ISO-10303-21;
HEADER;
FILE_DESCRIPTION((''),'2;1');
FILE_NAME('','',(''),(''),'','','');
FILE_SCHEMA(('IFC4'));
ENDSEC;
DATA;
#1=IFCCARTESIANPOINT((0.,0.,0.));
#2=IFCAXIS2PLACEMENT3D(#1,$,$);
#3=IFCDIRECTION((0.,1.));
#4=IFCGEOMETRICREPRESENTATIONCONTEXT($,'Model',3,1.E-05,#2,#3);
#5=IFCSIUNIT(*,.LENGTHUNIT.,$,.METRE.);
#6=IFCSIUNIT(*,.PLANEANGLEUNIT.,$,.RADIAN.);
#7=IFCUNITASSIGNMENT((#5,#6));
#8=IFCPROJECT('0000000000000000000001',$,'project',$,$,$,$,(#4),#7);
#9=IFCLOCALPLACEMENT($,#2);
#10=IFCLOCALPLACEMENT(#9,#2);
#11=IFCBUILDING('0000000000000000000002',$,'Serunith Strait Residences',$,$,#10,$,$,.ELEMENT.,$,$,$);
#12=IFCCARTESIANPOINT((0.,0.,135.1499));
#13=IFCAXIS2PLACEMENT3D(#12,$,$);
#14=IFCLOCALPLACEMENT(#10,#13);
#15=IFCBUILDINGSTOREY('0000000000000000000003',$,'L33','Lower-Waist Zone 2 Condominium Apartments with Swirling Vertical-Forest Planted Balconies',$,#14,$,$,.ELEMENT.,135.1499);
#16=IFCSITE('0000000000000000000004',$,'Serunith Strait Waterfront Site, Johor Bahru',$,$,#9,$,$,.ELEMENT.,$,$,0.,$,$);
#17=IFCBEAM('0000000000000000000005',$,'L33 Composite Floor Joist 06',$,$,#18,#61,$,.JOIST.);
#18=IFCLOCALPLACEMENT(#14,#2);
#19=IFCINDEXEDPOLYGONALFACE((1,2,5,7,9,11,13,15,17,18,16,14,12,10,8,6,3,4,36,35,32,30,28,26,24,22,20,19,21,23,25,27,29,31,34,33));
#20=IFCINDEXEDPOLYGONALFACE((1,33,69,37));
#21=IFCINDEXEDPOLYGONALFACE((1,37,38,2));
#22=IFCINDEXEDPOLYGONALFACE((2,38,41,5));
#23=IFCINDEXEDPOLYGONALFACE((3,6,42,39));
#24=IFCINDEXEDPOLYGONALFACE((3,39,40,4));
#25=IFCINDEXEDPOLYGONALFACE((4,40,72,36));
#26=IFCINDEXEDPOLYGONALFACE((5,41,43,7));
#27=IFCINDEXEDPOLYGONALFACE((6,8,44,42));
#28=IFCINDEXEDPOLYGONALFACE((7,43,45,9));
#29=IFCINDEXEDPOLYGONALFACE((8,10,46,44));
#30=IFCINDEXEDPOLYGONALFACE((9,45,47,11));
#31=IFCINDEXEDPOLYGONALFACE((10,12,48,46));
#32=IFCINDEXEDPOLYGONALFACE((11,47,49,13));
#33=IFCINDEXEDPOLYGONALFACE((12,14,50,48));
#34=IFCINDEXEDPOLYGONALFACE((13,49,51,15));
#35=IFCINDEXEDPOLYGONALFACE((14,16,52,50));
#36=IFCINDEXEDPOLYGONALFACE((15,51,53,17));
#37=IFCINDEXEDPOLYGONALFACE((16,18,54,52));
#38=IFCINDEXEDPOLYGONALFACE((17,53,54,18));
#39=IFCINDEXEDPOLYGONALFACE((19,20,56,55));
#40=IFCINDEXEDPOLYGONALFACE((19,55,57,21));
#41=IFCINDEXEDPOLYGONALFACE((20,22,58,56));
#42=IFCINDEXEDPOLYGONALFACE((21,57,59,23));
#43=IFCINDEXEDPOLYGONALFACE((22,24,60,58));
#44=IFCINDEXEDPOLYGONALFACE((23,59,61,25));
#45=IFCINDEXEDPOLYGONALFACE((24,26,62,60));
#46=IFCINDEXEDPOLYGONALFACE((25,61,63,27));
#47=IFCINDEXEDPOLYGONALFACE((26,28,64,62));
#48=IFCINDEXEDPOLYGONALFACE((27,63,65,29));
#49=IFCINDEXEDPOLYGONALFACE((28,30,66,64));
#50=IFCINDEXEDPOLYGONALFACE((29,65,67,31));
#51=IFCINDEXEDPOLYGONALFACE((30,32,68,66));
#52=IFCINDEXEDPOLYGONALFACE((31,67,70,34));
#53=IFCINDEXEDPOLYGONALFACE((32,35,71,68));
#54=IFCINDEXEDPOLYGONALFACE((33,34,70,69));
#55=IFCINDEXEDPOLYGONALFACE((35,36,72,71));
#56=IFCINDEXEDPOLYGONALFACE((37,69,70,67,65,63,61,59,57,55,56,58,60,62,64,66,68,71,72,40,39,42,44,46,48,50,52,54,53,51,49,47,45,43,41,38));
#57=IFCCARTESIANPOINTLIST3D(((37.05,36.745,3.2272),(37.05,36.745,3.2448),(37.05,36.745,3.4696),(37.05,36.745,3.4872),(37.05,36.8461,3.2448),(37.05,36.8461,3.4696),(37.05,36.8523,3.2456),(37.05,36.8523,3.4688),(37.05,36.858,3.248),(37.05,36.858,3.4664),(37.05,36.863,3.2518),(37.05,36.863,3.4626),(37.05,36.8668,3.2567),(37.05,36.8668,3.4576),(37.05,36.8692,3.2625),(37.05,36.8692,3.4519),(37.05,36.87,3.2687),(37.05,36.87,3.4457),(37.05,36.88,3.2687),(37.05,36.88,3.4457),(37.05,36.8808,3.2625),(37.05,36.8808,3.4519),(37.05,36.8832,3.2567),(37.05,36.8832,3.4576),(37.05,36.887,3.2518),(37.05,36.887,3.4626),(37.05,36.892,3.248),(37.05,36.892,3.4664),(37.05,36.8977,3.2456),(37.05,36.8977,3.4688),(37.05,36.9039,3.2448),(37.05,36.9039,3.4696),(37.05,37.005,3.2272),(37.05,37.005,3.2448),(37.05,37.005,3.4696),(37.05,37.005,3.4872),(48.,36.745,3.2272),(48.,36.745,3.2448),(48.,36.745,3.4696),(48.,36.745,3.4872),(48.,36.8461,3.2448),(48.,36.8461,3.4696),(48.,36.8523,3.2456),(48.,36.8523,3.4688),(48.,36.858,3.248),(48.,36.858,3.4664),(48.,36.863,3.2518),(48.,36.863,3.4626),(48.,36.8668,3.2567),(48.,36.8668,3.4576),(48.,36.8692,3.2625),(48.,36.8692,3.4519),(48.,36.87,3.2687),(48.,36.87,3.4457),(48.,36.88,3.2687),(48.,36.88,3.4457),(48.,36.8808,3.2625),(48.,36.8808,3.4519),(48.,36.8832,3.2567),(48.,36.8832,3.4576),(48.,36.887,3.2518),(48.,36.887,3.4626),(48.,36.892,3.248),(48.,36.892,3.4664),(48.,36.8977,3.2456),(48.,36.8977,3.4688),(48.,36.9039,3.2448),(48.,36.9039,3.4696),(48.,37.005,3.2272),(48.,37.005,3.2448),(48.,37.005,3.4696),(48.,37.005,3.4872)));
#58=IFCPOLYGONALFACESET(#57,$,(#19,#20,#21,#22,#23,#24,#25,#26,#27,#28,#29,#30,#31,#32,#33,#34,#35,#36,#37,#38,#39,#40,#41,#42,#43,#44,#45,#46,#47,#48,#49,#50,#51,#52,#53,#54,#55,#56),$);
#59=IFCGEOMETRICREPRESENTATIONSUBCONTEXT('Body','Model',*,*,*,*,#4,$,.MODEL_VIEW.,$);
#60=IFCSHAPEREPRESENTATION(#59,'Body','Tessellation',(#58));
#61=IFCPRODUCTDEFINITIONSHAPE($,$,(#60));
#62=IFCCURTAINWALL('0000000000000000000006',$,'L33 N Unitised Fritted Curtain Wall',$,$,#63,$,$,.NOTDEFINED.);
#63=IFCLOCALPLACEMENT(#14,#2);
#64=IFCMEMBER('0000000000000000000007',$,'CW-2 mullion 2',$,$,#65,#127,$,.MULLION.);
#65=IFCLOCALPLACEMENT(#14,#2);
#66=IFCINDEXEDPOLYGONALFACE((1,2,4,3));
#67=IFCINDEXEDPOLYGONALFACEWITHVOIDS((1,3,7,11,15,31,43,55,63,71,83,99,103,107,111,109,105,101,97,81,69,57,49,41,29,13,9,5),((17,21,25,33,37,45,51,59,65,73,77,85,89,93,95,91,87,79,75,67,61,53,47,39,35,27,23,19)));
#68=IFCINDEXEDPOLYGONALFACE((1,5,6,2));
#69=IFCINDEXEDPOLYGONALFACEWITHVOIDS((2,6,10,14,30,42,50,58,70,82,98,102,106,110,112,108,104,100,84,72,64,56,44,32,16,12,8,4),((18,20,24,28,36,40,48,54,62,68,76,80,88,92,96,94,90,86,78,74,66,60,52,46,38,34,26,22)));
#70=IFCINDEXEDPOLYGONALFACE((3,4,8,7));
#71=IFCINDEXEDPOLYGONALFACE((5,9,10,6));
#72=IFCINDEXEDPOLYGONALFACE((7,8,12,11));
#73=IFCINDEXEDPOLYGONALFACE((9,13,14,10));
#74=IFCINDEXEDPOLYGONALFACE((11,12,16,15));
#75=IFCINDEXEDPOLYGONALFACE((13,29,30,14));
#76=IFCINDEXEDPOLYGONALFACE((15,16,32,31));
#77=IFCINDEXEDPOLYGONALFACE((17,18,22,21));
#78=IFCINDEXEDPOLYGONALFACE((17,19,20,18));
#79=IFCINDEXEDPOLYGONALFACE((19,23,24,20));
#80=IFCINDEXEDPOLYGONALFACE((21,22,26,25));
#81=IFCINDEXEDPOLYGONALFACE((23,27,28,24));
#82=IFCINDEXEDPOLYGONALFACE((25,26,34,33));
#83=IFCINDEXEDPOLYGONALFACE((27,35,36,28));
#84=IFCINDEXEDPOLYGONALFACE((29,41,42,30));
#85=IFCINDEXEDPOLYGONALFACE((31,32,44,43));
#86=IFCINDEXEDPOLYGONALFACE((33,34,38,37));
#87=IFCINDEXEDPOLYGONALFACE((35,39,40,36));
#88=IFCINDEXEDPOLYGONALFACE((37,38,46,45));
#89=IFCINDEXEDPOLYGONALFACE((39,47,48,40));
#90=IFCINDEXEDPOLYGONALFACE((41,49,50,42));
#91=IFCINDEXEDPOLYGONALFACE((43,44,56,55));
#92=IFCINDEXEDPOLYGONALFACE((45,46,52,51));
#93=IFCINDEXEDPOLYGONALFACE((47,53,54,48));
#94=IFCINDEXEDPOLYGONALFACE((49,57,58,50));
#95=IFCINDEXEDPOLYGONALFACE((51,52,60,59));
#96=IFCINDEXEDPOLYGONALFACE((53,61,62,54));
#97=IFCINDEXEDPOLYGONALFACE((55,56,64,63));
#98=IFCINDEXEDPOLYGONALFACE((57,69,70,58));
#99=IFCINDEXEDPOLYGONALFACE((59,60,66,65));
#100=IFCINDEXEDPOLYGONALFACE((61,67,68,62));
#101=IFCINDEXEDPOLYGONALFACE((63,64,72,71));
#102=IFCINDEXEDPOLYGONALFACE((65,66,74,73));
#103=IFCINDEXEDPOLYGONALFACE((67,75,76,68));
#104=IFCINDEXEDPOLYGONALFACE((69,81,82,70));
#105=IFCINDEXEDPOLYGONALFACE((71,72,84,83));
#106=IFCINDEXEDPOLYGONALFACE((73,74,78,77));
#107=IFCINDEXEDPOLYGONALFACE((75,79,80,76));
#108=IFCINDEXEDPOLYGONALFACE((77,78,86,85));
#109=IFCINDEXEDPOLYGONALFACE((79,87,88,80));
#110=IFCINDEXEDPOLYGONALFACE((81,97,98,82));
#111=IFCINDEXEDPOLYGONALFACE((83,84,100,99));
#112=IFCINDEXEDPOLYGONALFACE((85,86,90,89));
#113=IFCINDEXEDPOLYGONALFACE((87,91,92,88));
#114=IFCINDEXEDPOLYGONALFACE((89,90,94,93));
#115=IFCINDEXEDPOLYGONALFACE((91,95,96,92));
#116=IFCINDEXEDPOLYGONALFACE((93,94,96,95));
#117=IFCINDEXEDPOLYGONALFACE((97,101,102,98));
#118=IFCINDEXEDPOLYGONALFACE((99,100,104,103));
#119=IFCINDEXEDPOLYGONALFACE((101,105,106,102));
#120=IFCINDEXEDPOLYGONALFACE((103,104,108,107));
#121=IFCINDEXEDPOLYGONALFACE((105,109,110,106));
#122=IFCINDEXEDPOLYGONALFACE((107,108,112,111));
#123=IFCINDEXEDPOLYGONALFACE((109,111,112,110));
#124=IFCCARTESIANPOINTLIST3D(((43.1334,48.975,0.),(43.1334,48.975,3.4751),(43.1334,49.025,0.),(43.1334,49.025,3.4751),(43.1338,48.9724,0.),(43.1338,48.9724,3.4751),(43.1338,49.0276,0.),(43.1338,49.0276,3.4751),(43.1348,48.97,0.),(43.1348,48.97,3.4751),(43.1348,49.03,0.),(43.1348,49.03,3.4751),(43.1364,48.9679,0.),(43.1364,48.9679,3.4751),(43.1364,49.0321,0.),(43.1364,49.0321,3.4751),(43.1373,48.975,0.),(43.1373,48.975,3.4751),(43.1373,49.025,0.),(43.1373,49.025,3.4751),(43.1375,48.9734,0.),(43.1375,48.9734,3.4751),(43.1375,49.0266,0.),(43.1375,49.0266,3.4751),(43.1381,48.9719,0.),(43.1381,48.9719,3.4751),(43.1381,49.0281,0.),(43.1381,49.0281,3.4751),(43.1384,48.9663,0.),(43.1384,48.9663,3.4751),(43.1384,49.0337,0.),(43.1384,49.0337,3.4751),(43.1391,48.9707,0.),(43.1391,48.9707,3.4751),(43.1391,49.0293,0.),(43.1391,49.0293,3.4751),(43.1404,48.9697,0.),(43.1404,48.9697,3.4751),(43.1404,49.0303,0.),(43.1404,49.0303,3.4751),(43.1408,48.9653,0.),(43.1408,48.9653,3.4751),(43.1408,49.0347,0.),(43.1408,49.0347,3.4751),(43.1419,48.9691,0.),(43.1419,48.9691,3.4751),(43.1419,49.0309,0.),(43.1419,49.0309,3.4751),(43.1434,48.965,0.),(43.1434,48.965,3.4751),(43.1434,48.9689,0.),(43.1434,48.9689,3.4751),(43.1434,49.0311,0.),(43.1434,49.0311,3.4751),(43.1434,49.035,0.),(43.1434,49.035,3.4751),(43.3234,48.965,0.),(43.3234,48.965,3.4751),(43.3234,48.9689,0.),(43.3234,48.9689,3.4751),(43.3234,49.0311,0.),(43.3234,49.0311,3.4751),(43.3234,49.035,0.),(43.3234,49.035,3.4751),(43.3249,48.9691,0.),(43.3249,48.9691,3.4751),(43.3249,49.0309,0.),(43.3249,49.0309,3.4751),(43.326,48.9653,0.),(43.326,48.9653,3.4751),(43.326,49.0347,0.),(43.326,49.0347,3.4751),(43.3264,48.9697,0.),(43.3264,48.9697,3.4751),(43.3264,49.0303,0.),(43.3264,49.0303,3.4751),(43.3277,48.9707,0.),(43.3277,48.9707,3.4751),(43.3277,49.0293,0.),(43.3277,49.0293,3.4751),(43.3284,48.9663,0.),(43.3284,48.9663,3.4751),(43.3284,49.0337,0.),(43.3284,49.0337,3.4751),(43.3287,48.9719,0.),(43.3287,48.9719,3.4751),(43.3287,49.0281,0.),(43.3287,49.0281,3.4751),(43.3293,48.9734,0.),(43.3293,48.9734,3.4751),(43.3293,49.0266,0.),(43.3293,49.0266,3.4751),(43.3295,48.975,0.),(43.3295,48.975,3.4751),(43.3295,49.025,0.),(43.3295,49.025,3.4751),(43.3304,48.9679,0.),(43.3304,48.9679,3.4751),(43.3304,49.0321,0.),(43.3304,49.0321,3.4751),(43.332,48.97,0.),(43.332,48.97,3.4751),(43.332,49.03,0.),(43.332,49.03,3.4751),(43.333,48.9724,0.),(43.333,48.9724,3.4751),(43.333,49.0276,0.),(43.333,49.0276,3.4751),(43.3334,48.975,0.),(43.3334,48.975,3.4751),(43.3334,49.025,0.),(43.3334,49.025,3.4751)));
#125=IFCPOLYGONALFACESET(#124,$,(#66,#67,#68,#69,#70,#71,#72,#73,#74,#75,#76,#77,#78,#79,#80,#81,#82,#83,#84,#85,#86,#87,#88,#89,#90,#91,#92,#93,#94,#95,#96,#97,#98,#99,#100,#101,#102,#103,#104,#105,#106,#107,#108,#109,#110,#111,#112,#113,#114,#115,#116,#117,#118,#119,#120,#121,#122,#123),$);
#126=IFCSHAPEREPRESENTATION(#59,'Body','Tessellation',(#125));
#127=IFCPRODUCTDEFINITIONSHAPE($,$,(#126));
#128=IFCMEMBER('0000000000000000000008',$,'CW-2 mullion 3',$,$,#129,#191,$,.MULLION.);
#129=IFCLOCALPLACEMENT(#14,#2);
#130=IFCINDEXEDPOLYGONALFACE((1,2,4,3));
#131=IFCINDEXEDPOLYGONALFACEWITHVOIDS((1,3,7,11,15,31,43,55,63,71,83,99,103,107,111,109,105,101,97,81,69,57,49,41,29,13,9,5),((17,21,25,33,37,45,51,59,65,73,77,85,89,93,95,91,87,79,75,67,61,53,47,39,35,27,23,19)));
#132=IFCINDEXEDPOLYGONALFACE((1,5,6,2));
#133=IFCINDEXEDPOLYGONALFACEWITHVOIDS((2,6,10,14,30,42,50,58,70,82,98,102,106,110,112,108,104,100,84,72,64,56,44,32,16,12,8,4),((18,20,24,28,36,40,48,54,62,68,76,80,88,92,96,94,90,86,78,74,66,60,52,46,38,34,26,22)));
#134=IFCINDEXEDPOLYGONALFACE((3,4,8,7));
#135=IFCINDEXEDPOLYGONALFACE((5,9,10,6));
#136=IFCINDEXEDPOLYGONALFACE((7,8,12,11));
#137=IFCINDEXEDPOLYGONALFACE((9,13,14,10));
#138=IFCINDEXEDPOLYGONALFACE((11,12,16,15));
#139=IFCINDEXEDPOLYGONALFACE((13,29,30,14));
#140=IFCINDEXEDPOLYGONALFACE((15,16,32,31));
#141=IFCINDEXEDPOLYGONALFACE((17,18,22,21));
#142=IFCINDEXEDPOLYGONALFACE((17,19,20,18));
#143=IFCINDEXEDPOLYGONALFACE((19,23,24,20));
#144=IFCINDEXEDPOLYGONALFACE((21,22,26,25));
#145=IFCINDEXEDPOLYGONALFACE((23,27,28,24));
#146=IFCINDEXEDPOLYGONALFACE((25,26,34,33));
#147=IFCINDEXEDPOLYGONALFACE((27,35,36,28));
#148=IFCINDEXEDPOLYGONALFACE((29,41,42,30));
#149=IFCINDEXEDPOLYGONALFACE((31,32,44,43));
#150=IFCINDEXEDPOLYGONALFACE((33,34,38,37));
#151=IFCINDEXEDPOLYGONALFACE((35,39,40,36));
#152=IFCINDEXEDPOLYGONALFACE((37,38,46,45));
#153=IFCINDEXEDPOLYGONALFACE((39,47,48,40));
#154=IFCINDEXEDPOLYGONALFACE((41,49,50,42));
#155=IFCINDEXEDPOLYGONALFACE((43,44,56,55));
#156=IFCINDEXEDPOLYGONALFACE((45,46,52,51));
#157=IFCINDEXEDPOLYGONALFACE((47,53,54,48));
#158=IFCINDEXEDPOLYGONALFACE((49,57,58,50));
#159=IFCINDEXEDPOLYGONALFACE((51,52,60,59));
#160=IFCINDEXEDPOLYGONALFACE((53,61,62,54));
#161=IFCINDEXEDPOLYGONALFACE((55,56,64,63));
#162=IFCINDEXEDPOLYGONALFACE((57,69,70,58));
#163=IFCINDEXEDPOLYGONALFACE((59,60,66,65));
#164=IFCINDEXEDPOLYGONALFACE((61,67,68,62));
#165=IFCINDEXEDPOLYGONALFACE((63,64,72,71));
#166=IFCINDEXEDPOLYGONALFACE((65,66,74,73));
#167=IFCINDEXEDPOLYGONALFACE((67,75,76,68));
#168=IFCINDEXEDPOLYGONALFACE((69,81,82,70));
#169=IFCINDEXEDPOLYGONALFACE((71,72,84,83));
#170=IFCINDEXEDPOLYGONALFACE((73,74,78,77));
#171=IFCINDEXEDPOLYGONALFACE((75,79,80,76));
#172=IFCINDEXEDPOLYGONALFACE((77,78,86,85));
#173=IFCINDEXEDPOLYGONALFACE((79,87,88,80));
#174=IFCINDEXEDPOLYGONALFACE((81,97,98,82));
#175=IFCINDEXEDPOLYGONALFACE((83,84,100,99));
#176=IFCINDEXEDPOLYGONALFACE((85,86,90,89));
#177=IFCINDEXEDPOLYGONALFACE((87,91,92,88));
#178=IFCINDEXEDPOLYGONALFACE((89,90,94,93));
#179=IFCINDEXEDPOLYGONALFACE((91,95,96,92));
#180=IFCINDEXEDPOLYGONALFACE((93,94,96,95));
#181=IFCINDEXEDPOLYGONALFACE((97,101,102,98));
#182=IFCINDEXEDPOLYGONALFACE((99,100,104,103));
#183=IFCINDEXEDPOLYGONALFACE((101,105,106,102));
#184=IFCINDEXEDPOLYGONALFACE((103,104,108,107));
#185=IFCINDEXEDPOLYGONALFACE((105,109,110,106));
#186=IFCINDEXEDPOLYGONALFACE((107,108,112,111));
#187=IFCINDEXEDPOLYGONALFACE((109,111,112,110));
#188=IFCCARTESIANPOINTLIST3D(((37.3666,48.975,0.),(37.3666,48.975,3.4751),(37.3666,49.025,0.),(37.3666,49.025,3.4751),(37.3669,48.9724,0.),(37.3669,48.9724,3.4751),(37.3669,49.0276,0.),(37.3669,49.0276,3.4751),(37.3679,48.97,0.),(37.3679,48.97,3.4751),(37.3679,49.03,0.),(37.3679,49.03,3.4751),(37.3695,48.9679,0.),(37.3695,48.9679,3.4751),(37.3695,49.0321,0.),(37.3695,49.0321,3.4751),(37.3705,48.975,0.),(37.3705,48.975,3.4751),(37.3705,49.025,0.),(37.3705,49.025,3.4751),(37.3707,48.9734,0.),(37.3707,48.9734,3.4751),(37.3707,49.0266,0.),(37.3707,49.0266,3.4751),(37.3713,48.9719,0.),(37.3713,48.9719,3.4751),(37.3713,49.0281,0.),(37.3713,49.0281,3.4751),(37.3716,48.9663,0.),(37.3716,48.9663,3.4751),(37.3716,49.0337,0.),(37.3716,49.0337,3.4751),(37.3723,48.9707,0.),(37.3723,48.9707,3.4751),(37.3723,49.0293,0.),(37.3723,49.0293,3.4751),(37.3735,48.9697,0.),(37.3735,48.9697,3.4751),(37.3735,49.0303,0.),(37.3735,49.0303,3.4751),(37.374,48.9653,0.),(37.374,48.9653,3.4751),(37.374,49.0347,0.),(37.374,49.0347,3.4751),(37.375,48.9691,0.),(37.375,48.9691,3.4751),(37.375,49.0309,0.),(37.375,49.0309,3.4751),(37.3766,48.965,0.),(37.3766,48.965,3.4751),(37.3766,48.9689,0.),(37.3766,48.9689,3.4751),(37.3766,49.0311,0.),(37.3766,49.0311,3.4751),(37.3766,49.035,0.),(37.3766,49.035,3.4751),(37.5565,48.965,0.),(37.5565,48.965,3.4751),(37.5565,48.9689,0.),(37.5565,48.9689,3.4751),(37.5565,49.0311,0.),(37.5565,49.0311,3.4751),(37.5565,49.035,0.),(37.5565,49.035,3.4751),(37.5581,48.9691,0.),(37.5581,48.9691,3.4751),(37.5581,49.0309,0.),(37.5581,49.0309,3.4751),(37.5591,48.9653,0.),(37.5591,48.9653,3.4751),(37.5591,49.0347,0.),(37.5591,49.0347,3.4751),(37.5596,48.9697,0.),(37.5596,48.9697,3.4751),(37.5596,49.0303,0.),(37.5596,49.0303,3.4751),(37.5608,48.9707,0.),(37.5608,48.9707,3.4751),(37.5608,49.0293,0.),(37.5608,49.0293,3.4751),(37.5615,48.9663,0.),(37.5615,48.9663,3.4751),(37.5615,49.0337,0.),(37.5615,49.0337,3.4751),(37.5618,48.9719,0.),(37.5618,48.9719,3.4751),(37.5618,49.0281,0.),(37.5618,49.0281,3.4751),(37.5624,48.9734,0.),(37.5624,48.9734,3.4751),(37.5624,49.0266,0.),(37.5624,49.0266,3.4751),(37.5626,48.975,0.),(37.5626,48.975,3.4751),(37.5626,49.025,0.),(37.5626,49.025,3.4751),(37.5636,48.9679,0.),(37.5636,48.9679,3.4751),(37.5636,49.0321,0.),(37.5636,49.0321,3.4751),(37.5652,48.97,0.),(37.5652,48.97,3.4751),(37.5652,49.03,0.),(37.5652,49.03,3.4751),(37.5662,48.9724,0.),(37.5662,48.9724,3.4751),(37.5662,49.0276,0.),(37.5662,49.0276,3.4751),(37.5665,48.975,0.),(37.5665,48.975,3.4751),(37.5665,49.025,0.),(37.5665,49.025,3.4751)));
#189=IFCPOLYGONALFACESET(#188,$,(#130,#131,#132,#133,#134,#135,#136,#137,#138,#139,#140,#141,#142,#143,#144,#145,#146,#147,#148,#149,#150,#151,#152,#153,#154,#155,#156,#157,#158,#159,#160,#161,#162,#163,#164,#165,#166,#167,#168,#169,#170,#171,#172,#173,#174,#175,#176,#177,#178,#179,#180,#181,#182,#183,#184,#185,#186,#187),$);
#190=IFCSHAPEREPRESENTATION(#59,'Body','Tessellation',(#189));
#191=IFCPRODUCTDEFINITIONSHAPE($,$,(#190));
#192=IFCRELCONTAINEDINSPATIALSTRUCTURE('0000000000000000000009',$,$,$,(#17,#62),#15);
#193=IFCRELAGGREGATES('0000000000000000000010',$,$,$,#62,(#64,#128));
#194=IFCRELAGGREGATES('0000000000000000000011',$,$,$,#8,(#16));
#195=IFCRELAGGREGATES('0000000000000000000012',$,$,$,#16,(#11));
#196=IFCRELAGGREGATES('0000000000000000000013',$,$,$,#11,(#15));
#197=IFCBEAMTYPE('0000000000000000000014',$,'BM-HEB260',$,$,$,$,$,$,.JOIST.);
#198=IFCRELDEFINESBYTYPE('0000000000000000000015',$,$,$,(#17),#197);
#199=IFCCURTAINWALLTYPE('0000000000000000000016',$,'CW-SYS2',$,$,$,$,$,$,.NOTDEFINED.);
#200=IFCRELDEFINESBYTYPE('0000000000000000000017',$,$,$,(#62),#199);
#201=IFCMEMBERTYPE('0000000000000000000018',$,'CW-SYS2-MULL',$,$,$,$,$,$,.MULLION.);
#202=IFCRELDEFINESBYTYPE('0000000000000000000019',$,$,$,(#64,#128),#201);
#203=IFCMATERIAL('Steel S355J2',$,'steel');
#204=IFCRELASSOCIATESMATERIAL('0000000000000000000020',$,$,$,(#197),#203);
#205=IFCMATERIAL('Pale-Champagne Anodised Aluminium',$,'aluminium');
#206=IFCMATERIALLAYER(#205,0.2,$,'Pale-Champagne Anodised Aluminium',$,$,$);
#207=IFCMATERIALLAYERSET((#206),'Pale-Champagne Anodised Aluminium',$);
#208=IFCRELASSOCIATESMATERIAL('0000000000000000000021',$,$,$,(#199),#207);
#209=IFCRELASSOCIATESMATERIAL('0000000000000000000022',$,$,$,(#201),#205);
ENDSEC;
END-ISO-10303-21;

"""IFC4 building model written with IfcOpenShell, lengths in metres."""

from ifc_helpers import new_model, si_unit, direction, frame, origin, origin_2d, place, context, subcontext, project, spatial, hollow_rectangle, i_section, extrude, source, transform, mapped, material, layer, layer_set, material_profile, profile_set, type_object, element, aggregate, save


model = new_model("IFC4")

# Units and contexts
model_context = context("Model", 3, precision=1e-05, world=origin(), true_north=direction((0.0, 1.0)))
body_context = subcontext(model_context, "Body", "Model", "MODEL_VIEW")
ifc_project = project(units=[si_unit("LENGTHUNIT", "METRE"), si_unit("PLANEANGLEUNIT", "RADIAN")], contexts=[model_context])

# Site, building, storey
site_placement = place(None, origin())
site = spatial("IfcSite", under=ifc_project, at=site_placement, Name="Serunith Strait Waterfront Site, Johor Bahru", CompositionType="ELEMENT", RefElevation=0.0)
building_placement = place(site_placement, origin())
building = spatial("IfcBuilding", under=site, at=building_placement, Name="Serunith Strait Residences", CompositionType="ELEMENT")
storey_placement = place(building_placement, frame((0.0, 0.0, 135.1499)))
storey = spatial("IfcBuildingStorey", under=building, at=storey_placement, Name="L33", Description="Lower-Waist Zone 2 Condominium Apartments with Swirling Vertical-Forest Planted Balconies", CompositionType="ELEMENT", Elevation=135.1499)

# Beam
ifc_material_1 = material(Name="Steel S355J2", Category="steel")
ifc_material_profile_1 = material_profile(ifc_material_1, i_section(OverallWidth=0.26, OverallDepth=0.26, WebThickness=0.01, FlangeThickness=0.0176, FilletRadius=0.0239, at=origin_2d()), Name="HEB 260")
ifc_profile_set_1 = profile_set([ifc_material_profile_1], Name="Steel S355J2")
beam_type_1 = type_object("IfcBeamType", Name="BM-HEB260", PredefinedType="JOIST", material=ifc_profile_set_1)
shared_shape_1 = source(origin(), body_context, "Body", "SweptSolid", [
    extrude(i_section(OverallWidth=0.26, OverallDepth=0.26, WebThickness=0.01, FlangeThickness=0.0176, FilletRadius=0.0239, at=origin_2d()), origin(), (0.0, 0.0, 1.0), 10.95),
])
beam_1_placement = place(storey_placement, frame((37.05, 36.875, 3.3572), z_axis=(1.0, 0.0, 0.0), x_axis=(0.0, 1.0, 0.0)))
element("IfcBeam", 1, at=beam_1_placement, inside=storey, type_object=beam_type_1, Name="L33 Composite Floor Joist 06", PredefinedType="JOIST", context=body_context, shape_type="MappedRepresentation", body=[
    mapped(shared_shape_1, transform((0.0, 0.0, 0.0), scale=1.0)),
])

# Curtain wall, members
ifc_material_2 = material(Name="Pale-Champagne Anodised Aluminium", Category="aluminium")
ifc_layer_1 = layer(ifc_material_2, 0.2, Name="Pale-Champagne Anodised Aluminium")
ifc_layer_set_1 = layer_set([ifc_layer_1], Name="Pale-Champagne Anodised Aluminium")
curtain_wall_type = type_object("IfcCurtainWallType", Name="CW-SYS2", PredefinedType="NOTDEFINED", material=ifc_layer_set_1)
curtain_wall_placement = place(storey_placement, origin())
curtain_wall = element("IfcCurtainWall", 2, at=curtain_wall_placement, inside=storey, type_object=curtain_wall_type, Name="L33 N Unitised Fritted Curtain Wall", PredefinedType="NOTDEFINED")
ifc_material_profile_2 = material_profile(ifc_material_2, hollow_rectangle(XDim=0.0701, YDim=0.2, WallThickness=0.0039, InnerFilletRadius=0.0061, OuterFilletRadius=0.01, at=origin_2d()), Name="ALU 200x70x4")
ifc_profile_set_2 = profile_set([ifc_material_profile_2], Name="Pale-Champagne Anodised Aluminium")
member_type_1 = type_object("IfcMemberType", Name="CW-SYS2-MULL", PredefinedType="MULLION", material=ifc_profile_set_2)
shared_shape_2 = source(origin(), body_context, "Body", "SweptSolid", [
    extrude(hollow_rectangle(XDim=0.0701, YDim=0.2, WallThickness=0.0039, InnerFilletRadius=0.0061, OuterFilletRadius=0.01, at=origin_2d()), origin(), (0.0, 0.0, 1.0), 3.4751),
])
member_1_placement = place(storey_placement, frame((43.2334, 49.0, 0.0), z_axis=(0.0, 0.0, 1.0), x_axis=(0.0, -1.0, 0.0)))
member_1 = element("IfcMember", 3, at=member_1_placement, type_object=member_type_1, Name="CW-2 mullion 2", PredefinedType="MULLION", context=body_context, shape_type="MappedRepresentation", body=[
    mapped(shared_shape_2, transform((0.0, 0.0, 0.0), scale=1.0)),
])
member_2_placement = place(storey_placement, frame((37.4666, 49.0, 0.0), z_axis=(0.0, 0.0, 1.0), x_axis=(0.0, -1.0, 0.0)))
member_2 = element("IfcMember", 4, at=member_2_placement, type_object=member_type_1, Name="CW-2 mullion 3", PredefinedType="MULLION", context=body_context, shape_type="MappedRepresentation", body=[
    mapped(shared_shape_2, transform((0.0, 0.0, 0.0), scale=1.0)),
])
aggregate(curtain_wall, [member_1, member_2])

save(model, "model.ifc")
